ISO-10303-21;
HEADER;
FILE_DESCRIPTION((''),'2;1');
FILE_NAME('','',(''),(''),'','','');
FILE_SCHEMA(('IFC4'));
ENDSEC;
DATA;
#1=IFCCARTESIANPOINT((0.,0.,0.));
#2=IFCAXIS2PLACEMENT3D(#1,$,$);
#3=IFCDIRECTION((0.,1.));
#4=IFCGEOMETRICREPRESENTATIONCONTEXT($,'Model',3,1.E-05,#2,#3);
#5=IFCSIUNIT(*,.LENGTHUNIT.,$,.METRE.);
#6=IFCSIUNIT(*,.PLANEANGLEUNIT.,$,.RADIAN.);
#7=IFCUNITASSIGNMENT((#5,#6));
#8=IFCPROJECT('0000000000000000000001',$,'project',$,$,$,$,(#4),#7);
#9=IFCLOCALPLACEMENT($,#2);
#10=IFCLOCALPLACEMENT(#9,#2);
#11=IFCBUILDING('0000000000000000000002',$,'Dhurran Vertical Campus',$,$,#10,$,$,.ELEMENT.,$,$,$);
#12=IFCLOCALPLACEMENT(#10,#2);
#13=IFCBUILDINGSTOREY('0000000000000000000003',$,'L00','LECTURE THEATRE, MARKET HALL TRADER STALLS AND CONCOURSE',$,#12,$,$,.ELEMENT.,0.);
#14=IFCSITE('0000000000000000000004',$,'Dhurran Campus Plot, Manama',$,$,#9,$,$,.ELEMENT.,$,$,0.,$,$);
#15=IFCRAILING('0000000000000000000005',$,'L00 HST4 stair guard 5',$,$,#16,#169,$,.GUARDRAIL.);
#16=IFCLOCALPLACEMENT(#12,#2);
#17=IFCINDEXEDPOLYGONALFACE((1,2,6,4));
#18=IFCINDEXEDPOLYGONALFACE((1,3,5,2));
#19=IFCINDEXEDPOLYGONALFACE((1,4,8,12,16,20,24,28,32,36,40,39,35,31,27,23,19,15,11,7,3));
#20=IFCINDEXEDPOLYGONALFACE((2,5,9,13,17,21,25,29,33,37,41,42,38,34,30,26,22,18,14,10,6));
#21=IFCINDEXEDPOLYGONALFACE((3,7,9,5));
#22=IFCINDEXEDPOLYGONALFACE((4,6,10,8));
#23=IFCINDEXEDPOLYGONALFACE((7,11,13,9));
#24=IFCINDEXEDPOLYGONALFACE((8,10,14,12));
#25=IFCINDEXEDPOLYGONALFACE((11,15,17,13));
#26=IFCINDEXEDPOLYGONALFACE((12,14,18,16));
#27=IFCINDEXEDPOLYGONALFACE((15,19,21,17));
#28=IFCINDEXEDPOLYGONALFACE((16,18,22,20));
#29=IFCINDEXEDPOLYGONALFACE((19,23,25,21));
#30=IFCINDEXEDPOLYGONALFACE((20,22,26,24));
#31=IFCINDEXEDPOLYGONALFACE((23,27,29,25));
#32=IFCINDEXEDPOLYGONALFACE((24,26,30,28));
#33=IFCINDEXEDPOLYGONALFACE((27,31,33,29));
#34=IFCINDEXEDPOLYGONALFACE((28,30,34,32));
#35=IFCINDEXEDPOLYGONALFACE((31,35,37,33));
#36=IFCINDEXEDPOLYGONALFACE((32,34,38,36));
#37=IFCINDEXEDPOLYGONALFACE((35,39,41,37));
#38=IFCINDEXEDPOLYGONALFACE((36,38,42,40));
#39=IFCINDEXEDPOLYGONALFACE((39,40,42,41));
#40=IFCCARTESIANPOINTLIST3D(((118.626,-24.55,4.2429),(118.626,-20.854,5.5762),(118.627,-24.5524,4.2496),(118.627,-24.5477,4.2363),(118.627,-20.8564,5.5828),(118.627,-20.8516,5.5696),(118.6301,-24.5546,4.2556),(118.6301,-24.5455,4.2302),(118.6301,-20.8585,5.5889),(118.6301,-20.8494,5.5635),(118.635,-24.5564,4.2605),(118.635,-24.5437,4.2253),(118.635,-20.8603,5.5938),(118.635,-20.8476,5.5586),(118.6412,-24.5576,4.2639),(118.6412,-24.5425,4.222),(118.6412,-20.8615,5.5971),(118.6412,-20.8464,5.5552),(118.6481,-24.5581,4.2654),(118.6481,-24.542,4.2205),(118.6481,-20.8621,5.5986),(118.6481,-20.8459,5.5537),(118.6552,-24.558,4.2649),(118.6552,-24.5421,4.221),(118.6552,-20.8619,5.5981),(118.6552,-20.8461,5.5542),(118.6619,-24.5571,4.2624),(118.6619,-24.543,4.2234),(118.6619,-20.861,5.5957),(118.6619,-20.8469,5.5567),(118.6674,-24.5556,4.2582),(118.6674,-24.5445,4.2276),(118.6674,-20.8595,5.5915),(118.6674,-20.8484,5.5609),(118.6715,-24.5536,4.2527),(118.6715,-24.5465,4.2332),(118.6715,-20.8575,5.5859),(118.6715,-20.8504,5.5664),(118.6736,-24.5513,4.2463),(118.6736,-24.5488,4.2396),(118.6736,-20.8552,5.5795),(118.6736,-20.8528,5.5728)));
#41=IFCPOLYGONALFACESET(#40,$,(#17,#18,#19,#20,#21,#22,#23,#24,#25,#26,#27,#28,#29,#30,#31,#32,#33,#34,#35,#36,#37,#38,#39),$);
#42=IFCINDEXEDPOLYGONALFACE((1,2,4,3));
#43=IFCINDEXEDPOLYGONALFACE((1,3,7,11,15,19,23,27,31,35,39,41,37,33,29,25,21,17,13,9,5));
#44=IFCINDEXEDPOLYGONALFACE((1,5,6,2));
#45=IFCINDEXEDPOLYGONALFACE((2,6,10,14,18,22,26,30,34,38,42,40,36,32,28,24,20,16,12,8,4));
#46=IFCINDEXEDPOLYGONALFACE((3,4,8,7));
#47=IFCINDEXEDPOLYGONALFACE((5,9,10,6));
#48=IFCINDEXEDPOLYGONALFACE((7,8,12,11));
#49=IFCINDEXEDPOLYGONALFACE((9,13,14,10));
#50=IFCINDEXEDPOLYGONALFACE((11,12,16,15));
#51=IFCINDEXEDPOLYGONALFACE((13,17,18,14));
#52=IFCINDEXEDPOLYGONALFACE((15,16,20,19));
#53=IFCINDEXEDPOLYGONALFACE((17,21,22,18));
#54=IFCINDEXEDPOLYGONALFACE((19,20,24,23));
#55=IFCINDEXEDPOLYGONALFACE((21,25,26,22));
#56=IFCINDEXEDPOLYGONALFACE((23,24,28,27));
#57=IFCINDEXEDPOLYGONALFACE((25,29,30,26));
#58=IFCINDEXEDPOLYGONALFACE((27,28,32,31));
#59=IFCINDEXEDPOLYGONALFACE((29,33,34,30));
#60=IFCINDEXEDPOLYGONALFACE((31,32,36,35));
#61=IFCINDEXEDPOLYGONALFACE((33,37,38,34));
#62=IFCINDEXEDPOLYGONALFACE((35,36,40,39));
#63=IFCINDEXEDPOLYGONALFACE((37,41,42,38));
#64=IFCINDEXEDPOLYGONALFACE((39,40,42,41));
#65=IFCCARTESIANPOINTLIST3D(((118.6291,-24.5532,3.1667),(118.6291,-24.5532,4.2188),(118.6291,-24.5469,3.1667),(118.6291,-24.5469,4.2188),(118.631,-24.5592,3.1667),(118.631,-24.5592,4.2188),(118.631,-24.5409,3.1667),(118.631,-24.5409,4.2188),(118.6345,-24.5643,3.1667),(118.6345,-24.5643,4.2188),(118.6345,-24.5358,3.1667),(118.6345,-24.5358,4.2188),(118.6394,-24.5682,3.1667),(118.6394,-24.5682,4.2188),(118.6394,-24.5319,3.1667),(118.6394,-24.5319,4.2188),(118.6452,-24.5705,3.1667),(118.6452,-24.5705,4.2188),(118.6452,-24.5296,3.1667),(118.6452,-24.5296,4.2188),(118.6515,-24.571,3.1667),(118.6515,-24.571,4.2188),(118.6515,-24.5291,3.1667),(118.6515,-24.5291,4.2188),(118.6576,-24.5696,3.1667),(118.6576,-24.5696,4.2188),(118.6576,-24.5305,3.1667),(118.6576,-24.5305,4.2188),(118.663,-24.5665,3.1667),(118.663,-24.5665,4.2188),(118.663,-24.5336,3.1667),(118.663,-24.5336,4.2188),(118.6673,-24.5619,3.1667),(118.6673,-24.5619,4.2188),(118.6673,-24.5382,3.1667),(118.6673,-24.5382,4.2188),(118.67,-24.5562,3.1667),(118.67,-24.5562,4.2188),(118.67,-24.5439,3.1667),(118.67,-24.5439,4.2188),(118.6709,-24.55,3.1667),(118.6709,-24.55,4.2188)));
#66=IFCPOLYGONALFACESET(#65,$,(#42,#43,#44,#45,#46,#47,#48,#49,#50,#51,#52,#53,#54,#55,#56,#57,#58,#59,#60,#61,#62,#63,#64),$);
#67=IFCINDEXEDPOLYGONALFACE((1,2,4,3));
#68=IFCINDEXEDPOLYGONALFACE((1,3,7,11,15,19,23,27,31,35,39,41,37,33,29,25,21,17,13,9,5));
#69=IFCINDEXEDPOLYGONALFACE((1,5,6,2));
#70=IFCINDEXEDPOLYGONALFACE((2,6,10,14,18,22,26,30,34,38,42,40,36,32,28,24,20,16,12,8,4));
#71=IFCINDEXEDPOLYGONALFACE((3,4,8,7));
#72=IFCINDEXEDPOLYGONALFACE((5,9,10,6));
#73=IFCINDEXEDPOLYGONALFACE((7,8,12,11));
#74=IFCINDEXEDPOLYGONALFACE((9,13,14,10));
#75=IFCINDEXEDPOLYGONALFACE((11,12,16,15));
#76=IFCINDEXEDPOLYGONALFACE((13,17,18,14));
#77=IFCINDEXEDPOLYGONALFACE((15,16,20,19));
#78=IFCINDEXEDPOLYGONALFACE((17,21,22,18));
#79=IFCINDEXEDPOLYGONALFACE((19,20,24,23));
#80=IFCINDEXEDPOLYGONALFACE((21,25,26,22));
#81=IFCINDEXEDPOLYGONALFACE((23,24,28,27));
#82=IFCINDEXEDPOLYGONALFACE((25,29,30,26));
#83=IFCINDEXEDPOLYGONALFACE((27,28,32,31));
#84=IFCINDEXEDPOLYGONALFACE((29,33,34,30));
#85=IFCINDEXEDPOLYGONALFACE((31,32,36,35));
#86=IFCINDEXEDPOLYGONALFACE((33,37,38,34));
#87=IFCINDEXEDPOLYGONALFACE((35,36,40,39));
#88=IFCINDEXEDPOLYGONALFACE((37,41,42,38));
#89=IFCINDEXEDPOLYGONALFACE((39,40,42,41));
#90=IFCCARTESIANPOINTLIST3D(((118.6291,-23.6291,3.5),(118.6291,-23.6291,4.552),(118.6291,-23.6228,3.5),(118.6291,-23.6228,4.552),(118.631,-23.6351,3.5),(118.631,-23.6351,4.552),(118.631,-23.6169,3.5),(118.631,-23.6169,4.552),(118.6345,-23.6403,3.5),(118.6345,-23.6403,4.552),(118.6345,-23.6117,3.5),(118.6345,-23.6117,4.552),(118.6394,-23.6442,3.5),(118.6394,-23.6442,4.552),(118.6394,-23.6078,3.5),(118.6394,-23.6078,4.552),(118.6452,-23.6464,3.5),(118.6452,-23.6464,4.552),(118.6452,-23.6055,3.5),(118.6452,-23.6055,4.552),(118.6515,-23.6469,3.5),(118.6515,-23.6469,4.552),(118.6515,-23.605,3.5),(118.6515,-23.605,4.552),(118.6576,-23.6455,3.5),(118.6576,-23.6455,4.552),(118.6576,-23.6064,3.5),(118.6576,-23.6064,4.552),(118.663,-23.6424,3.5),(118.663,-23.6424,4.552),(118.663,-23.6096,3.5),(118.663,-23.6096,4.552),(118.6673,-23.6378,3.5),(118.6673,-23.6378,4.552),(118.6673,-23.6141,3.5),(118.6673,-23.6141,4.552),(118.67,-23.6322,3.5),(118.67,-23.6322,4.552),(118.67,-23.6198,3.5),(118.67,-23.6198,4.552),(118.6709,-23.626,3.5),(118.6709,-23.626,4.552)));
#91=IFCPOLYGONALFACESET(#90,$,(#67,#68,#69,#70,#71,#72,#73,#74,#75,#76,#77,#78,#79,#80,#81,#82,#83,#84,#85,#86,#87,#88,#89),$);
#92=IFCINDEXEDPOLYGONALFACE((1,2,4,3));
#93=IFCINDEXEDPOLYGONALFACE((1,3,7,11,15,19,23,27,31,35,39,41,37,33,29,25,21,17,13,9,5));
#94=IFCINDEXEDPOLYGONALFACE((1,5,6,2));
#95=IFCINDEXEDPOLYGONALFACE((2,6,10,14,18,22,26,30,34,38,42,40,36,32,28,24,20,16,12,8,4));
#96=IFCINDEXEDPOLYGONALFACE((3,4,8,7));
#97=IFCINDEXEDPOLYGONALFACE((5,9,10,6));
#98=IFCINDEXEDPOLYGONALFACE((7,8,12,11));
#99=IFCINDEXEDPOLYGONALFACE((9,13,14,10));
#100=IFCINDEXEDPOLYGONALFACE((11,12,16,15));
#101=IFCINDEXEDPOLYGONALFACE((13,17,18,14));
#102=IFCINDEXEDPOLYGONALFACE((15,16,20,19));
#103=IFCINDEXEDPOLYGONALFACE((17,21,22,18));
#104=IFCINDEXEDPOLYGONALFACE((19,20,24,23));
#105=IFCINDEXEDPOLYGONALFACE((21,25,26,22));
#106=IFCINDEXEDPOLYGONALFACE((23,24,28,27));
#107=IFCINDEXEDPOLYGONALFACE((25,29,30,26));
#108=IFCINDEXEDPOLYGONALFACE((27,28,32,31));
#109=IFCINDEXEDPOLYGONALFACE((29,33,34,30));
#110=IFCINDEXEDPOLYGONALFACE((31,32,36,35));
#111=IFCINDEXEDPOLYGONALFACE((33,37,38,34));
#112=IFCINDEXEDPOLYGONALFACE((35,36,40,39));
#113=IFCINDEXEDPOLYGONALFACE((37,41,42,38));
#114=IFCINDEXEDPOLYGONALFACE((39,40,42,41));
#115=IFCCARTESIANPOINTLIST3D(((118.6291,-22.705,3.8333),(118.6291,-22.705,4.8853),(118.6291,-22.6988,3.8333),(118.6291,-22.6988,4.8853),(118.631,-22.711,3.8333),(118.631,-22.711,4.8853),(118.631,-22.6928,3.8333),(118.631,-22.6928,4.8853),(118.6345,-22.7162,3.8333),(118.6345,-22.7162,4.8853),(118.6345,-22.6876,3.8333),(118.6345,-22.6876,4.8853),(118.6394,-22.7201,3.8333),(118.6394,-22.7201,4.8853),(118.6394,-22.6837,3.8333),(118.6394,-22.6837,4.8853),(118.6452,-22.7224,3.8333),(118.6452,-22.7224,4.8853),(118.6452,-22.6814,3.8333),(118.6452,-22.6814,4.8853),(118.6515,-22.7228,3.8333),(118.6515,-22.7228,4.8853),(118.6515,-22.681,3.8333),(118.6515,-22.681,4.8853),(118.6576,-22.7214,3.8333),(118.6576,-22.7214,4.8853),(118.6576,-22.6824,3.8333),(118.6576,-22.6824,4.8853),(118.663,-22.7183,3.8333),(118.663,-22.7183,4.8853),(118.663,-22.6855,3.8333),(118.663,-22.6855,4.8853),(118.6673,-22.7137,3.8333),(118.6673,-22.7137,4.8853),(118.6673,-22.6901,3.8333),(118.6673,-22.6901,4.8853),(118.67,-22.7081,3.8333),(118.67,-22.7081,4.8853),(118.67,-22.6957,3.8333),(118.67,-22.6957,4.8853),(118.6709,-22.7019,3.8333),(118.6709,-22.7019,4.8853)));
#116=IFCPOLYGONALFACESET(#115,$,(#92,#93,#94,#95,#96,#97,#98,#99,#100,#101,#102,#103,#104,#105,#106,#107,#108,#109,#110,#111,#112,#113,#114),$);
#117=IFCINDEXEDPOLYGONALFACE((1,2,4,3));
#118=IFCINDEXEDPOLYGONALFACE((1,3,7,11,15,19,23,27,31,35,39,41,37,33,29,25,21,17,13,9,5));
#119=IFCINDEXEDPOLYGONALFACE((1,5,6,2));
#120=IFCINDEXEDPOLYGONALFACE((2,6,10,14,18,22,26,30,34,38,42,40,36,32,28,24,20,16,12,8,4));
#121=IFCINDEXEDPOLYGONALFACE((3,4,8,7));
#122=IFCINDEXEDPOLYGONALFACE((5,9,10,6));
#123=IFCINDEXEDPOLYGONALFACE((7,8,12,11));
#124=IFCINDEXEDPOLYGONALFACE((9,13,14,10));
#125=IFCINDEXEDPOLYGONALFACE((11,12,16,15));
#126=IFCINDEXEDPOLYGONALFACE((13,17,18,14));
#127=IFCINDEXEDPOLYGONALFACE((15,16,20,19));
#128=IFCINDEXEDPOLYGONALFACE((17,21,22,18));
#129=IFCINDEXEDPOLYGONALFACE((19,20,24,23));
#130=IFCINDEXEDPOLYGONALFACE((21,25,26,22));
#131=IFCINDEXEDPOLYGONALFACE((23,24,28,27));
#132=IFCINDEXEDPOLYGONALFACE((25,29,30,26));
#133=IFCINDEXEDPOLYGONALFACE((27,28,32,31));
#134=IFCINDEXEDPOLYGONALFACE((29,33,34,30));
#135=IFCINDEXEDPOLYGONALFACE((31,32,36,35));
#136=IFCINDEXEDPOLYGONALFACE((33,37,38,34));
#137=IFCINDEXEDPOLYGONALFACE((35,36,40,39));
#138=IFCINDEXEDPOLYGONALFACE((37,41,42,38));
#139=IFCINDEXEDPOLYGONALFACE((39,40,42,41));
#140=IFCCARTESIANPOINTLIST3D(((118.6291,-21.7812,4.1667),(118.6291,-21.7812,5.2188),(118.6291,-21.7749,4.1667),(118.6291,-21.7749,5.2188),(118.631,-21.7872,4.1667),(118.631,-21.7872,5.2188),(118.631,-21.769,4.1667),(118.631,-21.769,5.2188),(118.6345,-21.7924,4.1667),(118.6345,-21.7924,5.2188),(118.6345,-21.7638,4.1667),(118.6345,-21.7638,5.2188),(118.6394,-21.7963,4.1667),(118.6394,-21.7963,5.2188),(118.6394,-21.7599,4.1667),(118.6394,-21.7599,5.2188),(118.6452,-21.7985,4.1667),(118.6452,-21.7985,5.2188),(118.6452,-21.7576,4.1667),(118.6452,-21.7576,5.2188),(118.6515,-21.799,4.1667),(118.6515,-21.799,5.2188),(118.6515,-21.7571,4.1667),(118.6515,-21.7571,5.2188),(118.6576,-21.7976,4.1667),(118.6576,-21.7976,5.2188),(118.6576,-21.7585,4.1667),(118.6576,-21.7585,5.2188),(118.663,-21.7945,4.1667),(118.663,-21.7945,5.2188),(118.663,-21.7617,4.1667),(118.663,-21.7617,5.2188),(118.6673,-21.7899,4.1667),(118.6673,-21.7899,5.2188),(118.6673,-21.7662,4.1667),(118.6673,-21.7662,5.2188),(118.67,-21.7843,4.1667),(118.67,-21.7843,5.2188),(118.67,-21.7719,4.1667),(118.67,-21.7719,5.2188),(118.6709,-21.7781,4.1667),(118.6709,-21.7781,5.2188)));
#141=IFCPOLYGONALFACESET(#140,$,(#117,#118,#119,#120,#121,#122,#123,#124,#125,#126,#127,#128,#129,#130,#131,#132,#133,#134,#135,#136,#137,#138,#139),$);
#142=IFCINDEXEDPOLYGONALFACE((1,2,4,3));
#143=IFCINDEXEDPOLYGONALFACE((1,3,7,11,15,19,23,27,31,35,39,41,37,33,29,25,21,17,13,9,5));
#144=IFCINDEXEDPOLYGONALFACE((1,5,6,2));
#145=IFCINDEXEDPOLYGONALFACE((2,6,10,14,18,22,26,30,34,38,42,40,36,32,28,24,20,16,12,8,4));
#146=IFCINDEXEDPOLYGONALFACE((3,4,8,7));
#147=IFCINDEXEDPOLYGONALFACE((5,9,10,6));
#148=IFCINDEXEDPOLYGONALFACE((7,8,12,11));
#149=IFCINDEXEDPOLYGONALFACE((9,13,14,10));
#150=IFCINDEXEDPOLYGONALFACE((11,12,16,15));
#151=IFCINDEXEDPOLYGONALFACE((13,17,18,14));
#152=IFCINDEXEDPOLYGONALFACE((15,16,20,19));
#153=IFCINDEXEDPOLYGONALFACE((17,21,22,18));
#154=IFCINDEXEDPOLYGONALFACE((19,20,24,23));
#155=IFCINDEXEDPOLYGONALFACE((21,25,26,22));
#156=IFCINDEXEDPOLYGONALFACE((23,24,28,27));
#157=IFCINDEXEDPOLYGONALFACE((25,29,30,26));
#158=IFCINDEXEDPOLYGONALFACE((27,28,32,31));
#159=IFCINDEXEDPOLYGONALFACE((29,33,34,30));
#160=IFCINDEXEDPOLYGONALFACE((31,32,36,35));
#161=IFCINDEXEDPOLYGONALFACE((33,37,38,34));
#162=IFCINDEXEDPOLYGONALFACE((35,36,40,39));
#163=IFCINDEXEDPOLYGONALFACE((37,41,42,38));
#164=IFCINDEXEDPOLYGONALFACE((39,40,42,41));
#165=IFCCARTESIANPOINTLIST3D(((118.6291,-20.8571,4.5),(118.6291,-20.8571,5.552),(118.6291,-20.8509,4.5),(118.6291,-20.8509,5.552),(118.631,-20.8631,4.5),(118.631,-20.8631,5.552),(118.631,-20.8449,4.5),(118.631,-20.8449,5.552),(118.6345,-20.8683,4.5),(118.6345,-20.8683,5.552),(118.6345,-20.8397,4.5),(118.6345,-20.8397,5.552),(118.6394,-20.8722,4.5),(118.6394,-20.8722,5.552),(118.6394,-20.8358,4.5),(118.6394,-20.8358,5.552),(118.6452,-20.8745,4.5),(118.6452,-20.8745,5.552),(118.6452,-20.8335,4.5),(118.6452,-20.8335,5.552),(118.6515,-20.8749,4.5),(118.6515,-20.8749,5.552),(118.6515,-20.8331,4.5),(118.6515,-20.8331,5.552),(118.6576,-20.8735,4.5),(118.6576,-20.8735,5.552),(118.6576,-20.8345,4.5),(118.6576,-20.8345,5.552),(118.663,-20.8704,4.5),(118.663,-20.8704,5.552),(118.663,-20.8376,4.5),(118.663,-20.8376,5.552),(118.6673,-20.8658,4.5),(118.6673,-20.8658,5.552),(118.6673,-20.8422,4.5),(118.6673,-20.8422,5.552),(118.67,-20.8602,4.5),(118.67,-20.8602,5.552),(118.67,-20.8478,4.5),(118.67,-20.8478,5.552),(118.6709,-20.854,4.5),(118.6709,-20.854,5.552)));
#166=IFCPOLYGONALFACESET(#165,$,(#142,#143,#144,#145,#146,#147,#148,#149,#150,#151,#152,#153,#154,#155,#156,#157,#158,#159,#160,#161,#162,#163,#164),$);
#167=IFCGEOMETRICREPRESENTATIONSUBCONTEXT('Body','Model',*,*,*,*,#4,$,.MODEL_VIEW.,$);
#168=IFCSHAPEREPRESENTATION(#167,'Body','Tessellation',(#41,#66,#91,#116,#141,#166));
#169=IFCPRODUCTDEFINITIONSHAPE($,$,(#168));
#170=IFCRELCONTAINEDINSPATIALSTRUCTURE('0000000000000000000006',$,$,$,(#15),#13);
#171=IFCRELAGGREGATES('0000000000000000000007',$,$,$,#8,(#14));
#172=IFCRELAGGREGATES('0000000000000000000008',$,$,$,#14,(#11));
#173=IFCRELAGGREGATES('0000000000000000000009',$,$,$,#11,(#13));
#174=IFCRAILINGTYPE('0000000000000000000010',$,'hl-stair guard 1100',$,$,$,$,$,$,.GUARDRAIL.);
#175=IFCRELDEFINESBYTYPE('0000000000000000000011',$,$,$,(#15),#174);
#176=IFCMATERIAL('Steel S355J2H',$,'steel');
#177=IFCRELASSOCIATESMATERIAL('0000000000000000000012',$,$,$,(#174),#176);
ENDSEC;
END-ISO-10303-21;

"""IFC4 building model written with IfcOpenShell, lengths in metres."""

from ifc_helpers import new_model, si_unit, direction, frame, origin, origin_2d, place, context, subcontext, project, spatial, circle, extrude, material, type_object, element, save


model = new_model("IFC4")

# Units and contexts
model_context = context("Model", 3, precision=1e-05, world=origin(), true_north=direction((0.0, 1.0)))
body_context = subcontext(model_context, "Body", "Model", "MODEL_VIEW")
ifc_project = project(units=[si_unit("LENGTHUNIT", "METRE"), si_unit("PLANEANGLEUNIT", "RADIAN")], contexts=[model_context])

# Site, building, storey
site_placement = place(None, origin())
site = spatial("IfcSite", under=ifc_project, at=site_placement, Name="Dhurran Campus Plot, Manama", CompositionType="ELEMENT", RefElevation=0.0)
building_placement = place(site_placement, origin())
building = spatial("IfcBuilding", under=site, at=building_placement, Name="Dhurran Vertical Campus", CompositionType="ELEMENT")
storey_placement = place(building_placement, origin())
storey = spatial("IfcBuildingStorey", under=building, at=storey_placement, Name="L00", Description="LECTURE THEATRE, MARKET HALL TRADER STALLS AND CONCOURSE", CompositionType="ELEMENT", Elevation=0.0)

# Railing
ifc_material_1 = material(Name="Steel S355J2H", Category="steel")
railing_type_1 = type_object("IfcRailingType", Name="hl-stair guard 1100", PredefinedType="GUARDRAIL", material=ifc_material_1)
for number, where, name in (
    (1, (118.6499, -24.55, 3.1667), "L00 HST4 stair guard 5"),
):
    element("IfcRailing", number, at=place(storey_placement, frame(where)), inside=storey, type_object=railing_type_1, Name=name, PredefinedType="GUARDRAIL", context=body_context, shape_type="SweptSolid", body=[
        extrude(circle(Radius=0.0239, at=origin_2d()), frame((0.0, 0.0, 1.0762), z_axis=(0.0, 0.94067, 0.339322), x_axis=(-1.0, 0.0, 0.0)), (0.0, 0.0, 1.0), 3.9292),
        extrude(circle(Radius=0.021, at=origin_2d()), origin(), (0.0, 0.0, 1.0), 1.052),
        extrude(circle(Radius=0.021, at=origin_2d()), frame((0.0, 0.9241, 0.3333)), (0.0, 0.0, 1.0), 1.052),
        extrude(circle(Radius=0.021, at=origin_2d()), frame((0.0, 1.8481, 0.6665)), (0.0, 0.0, 1.0), 1.052),
        extrude(circle(Radius=0.021, at=origin_2d()), frame((0.0, 2.772, 1.0)), (0.0, 0.0, 1.0), 1.052),
        extrude(circle(Radius=0.021, at=origin_2d()), frame((0.0, 3.696, 1.3333)), (0.0, 0.0, 1.0), 1.052),
    ])

save(model, "model.ifc")
